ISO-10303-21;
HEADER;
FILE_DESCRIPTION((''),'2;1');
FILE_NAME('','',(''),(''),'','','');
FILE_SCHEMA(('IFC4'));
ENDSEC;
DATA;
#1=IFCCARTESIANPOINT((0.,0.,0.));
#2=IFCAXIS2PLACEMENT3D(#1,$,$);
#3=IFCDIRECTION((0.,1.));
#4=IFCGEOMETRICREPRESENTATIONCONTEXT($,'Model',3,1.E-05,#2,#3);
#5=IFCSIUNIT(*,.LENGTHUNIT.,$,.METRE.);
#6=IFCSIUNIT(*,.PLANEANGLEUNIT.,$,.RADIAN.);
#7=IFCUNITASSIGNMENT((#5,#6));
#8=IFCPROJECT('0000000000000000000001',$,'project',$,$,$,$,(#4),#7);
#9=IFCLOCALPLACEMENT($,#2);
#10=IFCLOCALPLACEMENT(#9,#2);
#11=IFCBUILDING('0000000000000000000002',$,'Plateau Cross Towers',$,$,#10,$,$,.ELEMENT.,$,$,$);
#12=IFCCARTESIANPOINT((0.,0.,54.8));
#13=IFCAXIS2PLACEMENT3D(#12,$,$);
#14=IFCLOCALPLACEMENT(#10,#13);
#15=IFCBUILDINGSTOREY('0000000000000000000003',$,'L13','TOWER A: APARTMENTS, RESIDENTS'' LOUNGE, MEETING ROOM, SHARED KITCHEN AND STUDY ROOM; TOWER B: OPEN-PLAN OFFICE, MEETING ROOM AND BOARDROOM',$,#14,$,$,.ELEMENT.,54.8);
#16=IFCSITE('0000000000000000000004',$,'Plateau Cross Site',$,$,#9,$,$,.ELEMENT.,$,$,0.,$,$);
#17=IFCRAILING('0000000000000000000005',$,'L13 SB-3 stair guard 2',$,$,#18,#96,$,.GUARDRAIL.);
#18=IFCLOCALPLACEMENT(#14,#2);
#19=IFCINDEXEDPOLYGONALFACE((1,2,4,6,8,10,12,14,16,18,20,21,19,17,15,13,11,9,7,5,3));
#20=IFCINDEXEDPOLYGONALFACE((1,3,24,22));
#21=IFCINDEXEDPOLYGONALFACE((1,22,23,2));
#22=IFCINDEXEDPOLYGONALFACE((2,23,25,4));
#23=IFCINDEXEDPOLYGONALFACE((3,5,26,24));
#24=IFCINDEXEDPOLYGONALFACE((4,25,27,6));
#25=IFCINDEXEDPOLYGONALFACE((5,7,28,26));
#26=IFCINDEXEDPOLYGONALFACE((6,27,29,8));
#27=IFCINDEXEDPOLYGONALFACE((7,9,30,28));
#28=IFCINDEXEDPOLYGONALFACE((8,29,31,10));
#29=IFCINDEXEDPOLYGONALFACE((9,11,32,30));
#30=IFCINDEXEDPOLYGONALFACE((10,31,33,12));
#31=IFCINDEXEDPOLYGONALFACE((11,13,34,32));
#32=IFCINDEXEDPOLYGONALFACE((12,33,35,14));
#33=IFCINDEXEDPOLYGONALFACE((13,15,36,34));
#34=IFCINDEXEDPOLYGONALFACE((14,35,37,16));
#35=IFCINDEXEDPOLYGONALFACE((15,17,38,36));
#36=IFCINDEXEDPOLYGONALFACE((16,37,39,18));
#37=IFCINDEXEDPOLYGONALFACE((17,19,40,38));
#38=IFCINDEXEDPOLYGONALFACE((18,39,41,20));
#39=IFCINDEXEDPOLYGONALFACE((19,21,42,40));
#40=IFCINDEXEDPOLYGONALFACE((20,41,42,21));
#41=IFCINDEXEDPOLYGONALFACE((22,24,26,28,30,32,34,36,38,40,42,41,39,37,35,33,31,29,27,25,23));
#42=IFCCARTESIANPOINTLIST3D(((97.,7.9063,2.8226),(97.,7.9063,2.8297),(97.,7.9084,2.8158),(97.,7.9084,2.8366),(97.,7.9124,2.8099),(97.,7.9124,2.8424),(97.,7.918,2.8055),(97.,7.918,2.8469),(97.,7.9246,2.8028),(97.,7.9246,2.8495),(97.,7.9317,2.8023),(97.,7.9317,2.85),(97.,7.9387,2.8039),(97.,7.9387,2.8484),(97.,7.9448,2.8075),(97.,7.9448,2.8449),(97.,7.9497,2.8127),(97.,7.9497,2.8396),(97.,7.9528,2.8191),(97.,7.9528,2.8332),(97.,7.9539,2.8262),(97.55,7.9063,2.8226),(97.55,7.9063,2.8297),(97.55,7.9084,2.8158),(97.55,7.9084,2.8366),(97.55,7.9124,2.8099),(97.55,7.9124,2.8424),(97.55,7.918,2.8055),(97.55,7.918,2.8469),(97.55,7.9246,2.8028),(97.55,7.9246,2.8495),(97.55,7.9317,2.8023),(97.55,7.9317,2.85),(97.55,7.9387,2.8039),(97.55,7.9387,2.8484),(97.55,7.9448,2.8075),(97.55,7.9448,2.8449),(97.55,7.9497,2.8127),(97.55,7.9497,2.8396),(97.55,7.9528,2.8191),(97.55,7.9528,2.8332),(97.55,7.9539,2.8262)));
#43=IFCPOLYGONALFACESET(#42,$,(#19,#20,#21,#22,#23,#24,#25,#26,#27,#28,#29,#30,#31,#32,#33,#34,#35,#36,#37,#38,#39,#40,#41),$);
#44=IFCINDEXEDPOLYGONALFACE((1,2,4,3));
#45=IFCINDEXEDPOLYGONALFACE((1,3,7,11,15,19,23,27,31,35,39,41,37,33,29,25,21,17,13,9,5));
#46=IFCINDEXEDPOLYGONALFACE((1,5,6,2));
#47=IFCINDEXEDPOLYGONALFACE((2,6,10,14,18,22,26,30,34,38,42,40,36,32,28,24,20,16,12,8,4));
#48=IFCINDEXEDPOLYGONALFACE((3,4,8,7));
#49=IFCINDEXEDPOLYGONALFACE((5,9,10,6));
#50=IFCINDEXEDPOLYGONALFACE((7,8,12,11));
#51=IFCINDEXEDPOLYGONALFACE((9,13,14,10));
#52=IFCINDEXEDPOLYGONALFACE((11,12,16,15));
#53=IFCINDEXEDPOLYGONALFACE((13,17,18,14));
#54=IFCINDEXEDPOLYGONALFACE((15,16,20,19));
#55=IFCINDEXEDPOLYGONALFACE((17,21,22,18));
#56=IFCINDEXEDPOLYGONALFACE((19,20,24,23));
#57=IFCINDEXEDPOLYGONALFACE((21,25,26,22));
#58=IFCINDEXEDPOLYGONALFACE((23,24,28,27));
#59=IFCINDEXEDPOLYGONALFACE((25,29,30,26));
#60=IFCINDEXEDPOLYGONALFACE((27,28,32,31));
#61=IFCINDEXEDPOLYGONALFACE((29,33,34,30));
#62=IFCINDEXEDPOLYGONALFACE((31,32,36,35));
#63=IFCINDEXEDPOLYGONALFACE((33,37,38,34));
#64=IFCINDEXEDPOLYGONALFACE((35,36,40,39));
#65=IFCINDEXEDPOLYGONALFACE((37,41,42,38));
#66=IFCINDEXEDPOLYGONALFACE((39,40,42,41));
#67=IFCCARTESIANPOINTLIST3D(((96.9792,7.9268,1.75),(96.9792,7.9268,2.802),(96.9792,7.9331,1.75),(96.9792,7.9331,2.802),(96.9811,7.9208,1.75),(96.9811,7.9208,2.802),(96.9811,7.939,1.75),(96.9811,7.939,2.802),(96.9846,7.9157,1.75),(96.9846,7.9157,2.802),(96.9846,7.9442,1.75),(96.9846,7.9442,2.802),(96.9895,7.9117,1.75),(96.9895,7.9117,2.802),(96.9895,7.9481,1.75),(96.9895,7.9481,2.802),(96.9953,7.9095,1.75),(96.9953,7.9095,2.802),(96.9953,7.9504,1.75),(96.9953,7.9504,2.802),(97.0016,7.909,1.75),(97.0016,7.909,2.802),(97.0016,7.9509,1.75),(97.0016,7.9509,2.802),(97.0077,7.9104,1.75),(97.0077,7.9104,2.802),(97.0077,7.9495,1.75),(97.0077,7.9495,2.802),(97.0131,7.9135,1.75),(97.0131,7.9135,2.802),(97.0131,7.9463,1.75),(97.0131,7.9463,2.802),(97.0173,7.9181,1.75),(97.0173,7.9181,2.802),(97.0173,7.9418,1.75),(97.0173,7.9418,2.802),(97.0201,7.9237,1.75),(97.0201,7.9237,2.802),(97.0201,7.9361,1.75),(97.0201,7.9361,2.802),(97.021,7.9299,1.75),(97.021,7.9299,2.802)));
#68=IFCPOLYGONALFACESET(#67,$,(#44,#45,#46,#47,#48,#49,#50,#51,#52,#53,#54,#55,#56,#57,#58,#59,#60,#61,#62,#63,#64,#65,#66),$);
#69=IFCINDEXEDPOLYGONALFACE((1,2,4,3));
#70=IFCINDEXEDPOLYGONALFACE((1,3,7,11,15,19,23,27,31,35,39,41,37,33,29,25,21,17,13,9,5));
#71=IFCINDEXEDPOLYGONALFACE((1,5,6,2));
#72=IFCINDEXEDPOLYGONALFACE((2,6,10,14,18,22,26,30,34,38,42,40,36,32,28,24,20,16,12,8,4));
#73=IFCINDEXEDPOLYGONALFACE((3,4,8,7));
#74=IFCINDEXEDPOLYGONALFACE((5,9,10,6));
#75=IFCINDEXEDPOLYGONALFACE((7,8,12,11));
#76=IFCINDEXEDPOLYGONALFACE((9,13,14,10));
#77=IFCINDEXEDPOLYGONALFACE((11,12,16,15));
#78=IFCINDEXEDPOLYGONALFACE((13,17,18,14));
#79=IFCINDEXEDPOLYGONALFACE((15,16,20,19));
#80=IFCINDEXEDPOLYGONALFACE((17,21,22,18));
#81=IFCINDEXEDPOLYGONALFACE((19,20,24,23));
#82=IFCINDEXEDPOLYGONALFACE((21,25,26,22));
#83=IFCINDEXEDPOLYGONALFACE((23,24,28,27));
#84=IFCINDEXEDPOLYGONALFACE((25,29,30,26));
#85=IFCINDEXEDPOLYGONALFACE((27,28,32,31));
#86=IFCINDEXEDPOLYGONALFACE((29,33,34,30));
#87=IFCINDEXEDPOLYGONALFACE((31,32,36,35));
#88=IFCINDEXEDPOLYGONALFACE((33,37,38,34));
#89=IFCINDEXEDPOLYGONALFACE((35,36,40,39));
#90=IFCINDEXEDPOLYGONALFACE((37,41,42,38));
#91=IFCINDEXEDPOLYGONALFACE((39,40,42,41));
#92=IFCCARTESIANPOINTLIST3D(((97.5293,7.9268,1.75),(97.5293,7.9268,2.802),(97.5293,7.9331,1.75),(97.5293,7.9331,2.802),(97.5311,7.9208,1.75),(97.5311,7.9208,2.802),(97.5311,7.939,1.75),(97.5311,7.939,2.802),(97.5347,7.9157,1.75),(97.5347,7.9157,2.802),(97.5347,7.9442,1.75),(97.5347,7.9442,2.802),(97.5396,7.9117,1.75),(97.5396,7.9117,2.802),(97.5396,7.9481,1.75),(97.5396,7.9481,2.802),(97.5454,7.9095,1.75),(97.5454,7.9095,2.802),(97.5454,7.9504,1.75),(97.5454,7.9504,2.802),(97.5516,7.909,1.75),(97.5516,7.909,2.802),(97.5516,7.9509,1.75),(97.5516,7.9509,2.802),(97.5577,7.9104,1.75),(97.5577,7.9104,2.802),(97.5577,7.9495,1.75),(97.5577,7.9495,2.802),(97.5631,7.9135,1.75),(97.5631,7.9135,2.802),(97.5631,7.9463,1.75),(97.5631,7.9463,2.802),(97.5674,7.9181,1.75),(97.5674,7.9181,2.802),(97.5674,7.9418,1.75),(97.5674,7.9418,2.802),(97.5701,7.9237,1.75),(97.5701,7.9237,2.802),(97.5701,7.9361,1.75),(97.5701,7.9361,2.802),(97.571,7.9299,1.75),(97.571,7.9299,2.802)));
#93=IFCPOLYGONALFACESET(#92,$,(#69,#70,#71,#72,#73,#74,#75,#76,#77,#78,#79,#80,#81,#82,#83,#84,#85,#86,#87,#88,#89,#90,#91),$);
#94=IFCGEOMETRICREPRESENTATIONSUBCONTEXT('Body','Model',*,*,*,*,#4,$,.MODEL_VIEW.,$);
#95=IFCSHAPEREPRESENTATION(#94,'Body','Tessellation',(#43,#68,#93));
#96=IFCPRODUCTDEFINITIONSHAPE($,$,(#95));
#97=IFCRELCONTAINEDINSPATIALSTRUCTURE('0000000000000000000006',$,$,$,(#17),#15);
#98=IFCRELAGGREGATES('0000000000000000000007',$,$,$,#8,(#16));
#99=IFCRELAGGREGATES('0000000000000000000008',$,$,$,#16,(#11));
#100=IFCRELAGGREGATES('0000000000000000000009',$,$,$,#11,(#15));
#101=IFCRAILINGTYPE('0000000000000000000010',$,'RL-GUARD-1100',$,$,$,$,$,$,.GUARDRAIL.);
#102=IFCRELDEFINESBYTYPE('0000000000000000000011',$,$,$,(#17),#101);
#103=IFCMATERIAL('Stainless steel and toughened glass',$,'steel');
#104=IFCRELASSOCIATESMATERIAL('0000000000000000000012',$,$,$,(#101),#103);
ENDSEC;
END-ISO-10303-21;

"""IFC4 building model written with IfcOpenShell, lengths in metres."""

from ifc_helpers import new_model, si_unit, direction, frame, origin, origin_2d, place, context, subcontext, project, spatial, circle, extrude, material, type_object, element, save


model = new_model("IFC4")

# Units and contexts
model_context = context("Model", 3, precision=1e-05, world=origin(), true_north=direction((0.0, 1.0)))
body_context = subcontext(model_context, "Body", "Model", "MODEL_VIEW")
ifc_project = project(units=[si_unit("LENGTHUNIT", "METRE"), si_unit("PLANEANGLEUNIT", "RADIAN")], contexts=[model_context])

# Site, building, storey
site_placement = place(None, origin())
site = spatial("IfcSite", under=ifc_project, at=site_placement, Name="Plateau Cross Site", CompositionType="ELEMENT", RefElevation=0.0)
building_placement = place(site_placement, origin())
building = spatial("IfcBuilding", under=site, at=building_placement, Name="Plateau Cross Towers", CompositionType="ELEMENT")
storey_placement = place(building_placement, frame((0.0, 0.0, 54.8)))
storey = spatial("IfcBuildingStorey", under=building, at=storey_placement, Name="L13", Description="TOWER A: APARTMENTS, RESIDENTS' LOUNGE, MEETING ROOM, SHARED KITCHEN AND STUDY ROOM; TOWER B: OPEN-PLAN OFFICE, MEETING ROOM AND BOARDROOM", CompositionType="ELEMENT", Elevation=54.8)

# Railing
ifc_material_1 = material(Name="Stainless steel and toughened glass", Category="steel")
railing_type_1 = type_object("IfcRailingType", Name="RL-GUARD-1100", PredefinedType="GUARDRAIL", material=ifc_material_1)
railing_1_placement = place(storey_placement, frame((97.0, 7.9299, 1.75)))
element("IfcRailing", 1, at=railing_1_placement, inside=storey, type_object=railing_type_1, Name="L13 SB-3 stair guard 2", PredefinedType="GUARDRAIL", context=body_context, shape_type="SweptSolid", body=[
    extrude(circle(Radius=0.0239, at=origin_2d()), frame((0.0, 0.0, 1.0762), z_axis=(1.0, 0.0, 0.0), x_axis=(0.0, 1.0, 0.0)), (0.0, 0.0, 1.0), 0.55),
    extrude(circle(Radius=0.021, at=origin_2d()), origin(), (0.0, 0.0, 1.0), 1.052),
    extrude(circle(Radius=0.021, at=origin_2d()), frame((0.55, 0.0, 0.0)), (0.0, 0.0, 1.0), 1.052),
])

save(model, "model.ifc")
